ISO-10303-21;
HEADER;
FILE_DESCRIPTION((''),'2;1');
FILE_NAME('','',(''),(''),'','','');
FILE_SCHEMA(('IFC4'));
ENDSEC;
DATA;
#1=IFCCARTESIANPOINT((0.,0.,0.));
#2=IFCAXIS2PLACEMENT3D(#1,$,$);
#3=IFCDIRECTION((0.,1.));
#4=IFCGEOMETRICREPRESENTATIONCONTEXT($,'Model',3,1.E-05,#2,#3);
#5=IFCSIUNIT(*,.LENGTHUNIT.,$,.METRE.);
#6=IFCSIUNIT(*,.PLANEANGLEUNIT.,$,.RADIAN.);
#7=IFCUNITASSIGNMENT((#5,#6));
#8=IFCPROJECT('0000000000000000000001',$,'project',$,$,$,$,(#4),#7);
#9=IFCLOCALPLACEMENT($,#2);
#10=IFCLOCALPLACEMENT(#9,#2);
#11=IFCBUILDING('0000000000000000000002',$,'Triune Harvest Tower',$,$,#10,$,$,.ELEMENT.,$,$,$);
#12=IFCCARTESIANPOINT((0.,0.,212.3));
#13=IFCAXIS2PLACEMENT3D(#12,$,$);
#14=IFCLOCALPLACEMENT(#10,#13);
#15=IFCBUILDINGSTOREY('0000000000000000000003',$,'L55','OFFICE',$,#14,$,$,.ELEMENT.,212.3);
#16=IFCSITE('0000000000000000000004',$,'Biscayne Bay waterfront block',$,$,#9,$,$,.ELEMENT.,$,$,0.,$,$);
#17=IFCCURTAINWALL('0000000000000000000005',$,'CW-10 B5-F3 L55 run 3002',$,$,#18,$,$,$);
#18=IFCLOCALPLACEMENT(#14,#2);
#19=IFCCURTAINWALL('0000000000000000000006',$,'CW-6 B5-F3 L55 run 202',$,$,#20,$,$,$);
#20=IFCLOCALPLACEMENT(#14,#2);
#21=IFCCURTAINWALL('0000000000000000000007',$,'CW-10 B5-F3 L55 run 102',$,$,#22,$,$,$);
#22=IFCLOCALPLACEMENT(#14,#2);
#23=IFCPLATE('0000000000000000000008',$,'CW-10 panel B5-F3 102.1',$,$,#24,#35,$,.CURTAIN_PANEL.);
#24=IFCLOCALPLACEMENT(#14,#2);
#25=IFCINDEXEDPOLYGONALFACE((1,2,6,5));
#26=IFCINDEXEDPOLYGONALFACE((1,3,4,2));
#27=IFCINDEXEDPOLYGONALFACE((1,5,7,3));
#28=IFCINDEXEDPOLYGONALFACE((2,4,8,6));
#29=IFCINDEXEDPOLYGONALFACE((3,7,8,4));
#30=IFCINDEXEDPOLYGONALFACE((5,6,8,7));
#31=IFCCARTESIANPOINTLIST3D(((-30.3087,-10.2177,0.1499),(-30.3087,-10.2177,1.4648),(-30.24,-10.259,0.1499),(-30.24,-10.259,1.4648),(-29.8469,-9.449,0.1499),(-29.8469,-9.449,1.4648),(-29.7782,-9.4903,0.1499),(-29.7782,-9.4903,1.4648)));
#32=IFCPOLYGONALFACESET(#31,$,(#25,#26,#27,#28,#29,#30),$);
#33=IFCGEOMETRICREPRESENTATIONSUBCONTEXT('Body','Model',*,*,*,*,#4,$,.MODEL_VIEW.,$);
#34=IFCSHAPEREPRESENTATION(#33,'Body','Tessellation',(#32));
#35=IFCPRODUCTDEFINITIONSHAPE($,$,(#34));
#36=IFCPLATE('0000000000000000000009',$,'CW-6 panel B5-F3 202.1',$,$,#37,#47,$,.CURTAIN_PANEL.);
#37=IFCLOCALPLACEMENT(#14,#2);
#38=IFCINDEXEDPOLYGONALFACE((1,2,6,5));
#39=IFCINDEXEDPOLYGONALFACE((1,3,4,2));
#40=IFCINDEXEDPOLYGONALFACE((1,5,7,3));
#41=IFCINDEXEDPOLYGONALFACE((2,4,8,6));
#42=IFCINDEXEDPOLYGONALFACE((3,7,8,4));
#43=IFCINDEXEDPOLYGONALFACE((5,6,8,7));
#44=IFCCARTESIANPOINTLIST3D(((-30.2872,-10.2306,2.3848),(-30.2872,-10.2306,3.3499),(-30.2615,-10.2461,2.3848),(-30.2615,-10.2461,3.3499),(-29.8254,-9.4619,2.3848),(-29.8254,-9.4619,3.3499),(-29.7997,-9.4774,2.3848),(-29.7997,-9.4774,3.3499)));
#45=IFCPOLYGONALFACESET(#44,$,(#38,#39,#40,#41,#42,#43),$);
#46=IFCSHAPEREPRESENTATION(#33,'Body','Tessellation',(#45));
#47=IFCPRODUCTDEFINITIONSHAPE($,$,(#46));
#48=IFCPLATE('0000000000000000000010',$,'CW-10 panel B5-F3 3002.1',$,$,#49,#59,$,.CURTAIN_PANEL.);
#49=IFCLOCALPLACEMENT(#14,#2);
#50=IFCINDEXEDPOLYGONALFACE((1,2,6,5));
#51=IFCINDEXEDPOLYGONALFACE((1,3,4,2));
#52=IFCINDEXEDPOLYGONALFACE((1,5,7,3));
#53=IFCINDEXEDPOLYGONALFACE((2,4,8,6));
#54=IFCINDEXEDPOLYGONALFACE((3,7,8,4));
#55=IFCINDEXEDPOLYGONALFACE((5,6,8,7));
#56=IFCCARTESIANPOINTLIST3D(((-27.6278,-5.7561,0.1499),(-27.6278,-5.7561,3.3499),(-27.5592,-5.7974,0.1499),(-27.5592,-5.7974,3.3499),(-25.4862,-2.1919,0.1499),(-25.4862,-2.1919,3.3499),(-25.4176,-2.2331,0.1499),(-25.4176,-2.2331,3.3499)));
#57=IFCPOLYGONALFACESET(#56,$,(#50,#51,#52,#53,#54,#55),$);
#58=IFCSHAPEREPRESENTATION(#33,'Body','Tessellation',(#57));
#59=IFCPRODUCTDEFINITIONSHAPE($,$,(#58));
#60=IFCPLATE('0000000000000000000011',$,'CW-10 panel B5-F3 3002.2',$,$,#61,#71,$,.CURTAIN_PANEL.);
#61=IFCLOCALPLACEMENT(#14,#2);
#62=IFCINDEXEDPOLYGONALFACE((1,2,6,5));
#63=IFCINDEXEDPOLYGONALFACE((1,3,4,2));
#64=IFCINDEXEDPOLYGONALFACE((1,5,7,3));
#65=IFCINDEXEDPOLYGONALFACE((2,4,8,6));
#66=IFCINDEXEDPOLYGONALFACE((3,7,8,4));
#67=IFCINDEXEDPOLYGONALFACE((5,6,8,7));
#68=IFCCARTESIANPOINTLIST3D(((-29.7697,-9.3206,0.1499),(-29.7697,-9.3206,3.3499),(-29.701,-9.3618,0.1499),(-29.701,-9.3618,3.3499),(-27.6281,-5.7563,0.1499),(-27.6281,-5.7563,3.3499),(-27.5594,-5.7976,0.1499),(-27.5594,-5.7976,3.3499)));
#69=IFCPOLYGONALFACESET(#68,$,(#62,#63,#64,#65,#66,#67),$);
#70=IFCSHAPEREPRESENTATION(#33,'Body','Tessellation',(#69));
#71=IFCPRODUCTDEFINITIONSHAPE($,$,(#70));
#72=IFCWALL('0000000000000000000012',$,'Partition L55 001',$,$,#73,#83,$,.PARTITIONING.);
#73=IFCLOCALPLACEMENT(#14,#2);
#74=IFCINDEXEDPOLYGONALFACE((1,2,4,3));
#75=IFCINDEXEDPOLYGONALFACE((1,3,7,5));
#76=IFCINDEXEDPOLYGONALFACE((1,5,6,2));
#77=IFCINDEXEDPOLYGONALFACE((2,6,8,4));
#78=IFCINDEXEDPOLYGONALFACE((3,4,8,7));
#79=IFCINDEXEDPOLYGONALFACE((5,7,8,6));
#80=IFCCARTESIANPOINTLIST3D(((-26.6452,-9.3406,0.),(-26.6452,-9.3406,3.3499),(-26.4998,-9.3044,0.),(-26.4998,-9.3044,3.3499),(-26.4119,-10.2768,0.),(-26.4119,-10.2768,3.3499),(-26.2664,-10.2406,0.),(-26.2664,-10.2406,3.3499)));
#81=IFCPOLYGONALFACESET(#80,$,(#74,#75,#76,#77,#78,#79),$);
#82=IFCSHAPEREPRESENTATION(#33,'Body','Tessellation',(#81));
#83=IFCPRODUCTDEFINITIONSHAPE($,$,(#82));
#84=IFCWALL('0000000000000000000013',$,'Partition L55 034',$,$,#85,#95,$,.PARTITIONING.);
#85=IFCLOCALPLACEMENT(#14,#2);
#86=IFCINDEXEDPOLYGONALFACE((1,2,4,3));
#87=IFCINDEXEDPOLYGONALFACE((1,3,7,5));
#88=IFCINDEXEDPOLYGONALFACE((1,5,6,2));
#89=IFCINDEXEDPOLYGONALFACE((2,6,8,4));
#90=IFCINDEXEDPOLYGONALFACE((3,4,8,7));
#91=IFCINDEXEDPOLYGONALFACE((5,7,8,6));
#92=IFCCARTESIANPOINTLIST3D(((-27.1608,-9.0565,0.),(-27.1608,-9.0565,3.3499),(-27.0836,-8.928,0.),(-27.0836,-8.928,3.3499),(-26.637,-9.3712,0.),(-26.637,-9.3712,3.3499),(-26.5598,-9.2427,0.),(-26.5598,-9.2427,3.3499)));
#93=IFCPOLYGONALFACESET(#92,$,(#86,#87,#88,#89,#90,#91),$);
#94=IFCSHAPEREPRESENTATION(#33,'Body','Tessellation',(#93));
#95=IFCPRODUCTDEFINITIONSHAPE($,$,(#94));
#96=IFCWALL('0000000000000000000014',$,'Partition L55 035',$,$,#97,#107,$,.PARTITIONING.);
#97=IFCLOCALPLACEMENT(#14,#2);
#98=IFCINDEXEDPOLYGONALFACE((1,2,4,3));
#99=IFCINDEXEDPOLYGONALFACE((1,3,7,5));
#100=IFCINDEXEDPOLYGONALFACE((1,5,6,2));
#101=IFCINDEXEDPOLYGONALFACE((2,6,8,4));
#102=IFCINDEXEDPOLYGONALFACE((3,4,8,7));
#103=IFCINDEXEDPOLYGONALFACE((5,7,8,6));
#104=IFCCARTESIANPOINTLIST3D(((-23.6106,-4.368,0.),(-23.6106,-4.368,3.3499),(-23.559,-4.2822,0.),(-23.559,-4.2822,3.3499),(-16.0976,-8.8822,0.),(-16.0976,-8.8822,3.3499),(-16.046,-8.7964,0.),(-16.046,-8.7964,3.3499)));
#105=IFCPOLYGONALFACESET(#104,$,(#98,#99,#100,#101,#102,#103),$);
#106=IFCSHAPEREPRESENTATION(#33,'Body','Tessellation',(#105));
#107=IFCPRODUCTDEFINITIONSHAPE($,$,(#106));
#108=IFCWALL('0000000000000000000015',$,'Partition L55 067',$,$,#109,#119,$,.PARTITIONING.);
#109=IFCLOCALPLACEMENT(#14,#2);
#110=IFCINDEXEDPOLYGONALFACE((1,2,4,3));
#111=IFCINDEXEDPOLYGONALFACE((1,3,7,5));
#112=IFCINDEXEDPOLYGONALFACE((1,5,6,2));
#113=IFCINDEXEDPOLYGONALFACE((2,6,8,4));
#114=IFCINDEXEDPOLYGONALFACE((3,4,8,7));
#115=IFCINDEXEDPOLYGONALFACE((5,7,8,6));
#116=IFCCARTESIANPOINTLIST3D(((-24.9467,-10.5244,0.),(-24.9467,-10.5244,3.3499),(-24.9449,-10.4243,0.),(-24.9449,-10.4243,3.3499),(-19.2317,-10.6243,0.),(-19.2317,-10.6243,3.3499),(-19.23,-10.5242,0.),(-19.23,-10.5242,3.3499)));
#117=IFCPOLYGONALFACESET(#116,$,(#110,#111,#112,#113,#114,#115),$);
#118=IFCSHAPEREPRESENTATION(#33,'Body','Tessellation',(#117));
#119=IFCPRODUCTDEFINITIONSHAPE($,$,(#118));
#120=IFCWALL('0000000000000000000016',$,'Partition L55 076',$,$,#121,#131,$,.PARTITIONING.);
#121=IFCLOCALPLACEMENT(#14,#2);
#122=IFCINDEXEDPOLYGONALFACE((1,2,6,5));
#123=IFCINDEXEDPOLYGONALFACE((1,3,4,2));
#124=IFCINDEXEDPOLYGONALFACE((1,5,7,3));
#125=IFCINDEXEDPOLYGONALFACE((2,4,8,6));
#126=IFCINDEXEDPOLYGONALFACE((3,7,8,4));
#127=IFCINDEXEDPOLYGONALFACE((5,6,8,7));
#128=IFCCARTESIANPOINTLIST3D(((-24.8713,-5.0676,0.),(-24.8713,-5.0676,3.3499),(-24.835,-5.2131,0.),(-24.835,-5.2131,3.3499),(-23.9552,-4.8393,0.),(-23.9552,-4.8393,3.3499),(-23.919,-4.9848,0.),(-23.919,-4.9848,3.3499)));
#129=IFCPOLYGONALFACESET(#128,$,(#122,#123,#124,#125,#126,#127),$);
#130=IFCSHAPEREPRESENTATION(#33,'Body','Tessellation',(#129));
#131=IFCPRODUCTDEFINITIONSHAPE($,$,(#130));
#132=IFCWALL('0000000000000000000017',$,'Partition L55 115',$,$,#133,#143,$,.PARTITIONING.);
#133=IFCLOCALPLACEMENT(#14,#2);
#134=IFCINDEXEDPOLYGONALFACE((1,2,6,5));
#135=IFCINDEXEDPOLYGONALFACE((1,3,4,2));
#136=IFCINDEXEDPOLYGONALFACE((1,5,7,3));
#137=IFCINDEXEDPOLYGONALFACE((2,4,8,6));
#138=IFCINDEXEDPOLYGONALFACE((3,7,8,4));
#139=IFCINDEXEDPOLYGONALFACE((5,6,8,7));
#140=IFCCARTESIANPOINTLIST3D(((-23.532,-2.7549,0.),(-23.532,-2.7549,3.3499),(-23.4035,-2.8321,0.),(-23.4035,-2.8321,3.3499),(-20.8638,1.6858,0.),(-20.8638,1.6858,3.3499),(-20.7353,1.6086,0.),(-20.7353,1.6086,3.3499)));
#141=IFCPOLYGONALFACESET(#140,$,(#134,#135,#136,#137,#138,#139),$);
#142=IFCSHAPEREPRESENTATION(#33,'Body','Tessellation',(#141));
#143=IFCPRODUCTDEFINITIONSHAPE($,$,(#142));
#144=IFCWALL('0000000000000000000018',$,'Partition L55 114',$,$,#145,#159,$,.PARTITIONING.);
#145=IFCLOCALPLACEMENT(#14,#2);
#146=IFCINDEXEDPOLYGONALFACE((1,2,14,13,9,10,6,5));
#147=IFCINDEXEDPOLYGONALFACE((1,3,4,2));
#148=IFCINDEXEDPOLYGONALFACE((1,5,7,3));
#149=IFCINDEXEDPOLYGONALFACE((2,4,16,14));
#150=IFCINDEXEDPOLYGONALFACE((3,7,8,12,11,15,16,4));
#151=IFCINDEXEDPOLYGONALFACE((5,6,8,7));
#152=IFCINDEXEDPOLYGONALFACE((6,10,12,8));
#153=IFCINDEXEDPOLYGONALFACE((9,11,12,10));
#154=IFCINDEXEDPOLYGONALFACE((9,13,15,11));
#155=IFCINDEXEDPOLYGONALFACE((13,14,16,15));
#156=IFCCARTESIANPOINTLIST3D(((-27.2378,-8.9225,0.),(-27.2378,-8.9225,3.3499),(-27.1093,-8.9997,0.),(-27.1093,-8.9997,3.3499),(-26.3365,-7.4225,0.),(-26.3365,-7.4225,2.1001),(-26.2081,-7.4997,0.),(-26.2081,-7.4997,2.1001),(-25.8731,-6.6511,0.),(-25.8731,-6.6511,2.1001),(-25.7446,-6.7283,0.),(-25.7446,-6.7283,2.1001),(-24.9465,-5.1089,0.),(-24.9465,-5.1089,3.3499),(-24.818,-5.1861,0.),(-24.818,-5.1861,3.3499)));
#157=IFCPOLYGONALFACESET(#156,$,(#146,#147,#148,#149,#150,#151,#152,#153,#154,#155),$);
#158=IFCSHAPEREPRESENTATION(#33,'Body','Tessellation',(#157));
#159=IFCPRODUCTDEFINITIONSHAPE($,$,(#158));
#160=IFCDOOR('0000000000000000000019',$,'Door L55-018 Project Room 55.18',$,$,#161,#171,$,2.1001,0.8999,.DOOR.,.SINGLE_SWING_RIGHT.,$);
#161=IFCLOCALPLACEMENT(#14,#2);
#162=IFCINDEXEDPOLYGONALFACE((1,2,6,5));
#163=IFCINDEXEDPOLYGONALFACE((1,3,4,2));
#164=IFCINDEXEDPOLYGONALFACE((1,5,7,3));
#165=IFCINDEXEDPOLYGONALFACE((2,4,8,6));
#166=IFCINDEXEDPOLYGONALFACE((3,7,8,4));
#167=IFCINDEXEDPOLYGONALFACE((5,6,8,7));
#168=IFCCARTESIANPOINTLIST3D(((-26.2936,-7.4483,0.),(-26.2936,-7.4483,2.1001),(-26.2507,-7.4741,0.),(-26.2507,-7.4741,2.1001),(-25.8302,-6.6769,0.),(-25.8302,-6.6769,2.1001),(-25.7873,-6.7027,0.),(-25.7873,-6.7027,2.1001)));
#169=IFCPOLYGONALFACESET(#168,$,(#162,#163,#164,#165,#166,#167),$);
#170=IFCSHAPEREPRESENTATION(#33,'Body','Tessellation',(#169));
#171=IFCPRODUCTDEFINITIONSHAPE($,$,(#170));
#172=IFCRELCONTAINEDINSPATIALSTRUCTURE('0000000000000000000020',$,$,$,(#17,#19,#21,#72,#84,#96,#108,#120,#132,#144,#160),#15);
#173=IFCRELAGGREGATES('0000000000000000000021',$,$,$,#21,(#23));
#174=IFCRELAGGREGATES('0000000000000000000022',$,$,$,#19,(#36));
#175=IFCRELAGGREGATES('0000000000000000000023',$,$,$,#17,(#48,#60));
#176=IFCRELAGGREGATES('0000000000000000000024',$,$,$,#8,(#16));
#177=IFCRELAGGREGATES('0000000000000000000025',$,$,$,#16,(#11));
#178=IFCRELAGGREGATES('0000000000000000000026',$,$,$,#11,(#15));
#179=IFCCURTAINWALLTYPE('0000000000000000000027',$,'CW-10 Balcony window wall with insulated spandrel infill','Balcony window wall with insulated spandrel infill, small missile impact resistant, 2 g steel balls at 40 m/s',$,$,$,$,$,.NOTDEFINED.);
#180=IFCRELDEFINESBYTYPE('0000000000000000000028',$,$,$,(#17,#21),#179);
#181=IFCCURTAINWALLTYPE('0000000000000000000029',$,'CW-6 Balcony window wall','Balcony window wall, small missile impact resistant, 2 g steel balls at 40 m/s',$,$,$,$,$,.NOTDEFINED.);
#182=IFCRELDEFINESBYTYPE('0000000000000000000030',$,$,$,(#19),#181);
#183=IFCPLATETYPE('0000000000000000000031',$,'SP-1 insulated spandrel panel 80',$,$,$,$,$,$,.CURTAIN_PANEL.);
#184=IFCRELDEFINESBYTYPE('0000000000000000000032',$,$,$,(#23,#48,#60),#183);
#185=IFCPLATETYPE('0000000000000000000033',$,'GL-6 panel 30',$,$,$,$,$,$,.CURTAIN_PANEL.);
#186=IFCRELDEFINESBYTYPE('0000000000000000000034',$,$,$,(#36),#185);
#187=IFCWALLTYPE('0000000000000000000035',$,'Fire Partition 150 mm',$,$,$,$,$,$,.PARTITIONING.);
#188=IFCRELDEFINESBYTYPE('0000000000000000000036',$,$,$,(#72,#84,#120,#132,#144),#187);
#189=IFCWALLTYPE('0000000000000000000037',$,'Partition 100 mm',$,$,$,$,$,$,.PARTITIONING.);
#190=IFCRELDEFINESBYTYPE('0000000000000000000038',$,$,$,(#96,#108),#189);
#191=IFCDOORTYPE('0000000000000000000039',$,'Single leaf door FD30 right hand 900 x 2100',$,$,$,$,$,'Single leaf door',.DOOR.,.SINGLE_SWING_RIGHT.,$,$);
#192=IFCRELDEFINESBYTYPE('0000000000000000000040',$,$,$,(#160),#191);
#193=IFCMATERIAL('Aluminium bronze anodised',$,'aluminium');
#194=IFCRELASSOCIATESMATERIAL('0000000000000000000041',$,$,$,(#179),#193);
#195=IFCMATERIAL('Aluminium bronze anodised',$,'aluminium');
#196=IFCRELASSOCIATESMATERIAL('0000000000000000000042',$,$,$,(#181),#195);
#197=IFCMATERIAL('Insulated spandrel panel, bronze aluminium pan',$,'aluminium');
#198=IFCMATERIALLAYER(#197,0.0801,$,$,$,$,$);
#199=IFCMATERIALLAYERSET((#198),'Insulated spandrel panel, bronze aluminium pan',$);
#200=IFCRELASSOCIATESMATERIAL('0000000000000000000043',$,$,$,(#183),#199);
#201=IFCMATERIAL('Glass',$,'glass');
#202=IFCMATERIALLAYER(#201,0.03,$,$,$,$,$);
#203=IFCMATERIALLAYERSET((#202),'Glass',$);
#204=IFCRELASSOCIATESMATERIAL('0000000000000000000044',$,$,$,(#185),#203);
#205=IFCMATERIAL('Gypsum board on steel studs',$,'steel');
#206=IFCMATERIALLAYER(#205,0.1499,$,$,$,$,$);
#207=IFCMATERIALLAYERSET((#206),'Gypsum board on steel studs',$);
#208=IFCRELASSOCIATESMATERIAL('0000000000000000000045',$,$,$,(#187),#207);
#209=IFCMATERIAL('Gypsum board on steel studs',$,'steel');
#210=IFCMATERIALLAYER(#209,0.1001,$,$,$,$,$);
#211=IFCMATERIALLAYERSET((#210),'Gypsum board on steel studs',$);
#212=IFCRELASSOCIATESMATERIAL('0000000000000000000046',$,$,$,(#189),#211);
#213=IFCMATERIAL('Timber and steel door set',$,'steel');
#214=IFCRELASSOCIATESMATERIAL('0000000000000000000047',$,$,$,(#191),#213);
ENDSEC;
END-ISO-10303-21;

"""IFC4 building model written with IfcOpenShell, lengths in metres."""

from ifc_helpers import new_model, si_unit, direction, frame, frame_2d, origin, origin_2d, place, context, subcontext, project, spatial, rectangle, extrude, source, transform, mapped, material, layer, layer_set, type_object, element, fill, aggregate, save


model = new_model("IFC4")

# Units and contexts
model_context = context("Model", 3, precision=1e-05, world=origin(), true_north=direction((0.0, 1.0)))
body_context = subcontext(model_context, "Body", "Model", "MODEL_VIEW")
ifc_project = project(units=[si_unit("LENGTHUNIT", "METRE"), si_unit("PLANEANGLEUNIT", "RADIAN")], contexts=[model_context])

# Site, building, storey
site_placement = place(None, origin())
site = spatial("IfcSite", under=ifc_project, at=site_placement, Name="Biscayne Bay waterfront block", CompositionType="ELEMENT", RefElevation=0.0)
building_placement = place(site_placement, origin())
building = spatial("IfcBuilding", under=site, at=building_placement, Name="Triune Harvest Tower", CompositionType="ELEMENT")
storey_placement = place(building_placement, frame((0.0, 0.0, 212.3)))
storey = spatial("IfcBuildingStorey", under=building, at=storey_placement, Name="L55", Description="OFFICE", CompositionType="ELEMENT", Elevation=212.3)

# Curtain wall
ifc_material_1 = material(Name="Aluminium bronze anodised", Category="aluminium")
curtain_wall_type_1 = type_object("IfcCurtainWallType", Name="CW-10 Balcony window wall with insulated spandrel infill", Description="Balcony window wall with insulated spandrel infill, small missile impact resistant, 2 g steel balls at 40 m/s", PredefinedType="NOTDEFINED", material=ifc_material_1)
curtain_wall_1_placement = place(storey_placement, origin())
curtain_wall_1 = element("IfcCurtainWall", 1, at=curtain_wall_1_placement, inside=storey, type_object=curtain_wall_type_1, Name="CW-10 B5-F3 L55 run 3002")

# Curtain walls
ifc_material_2 = material(Name="Aluminium bronze anodised", Category="aluminium")
curtain_wall_type_2 = type_object("IfcCurtainWallType", Name="CW-6 Balcony window wall", Description="Balcony window wall, small missile impact resistant, 2 g steel balls at 40 m/s", PredefinedType="NOTDEFINED", material=ifc_material_2)
curtain_wall_2_placement = place(storey_placement, origin())
curtain_wall_2 = element("IfcCurtainWall", 2, at=curtain_wall_2_placement, inside=storey, type_object=curtain_wall_type_2, Name="CW-6 B5-F3 L55 run 202")
curtain_wall_3_placement = place(storey_placement, origin())
curtain_wall_3 = element("IfcCurtainWall", 3, at=curtain_wall_3_placement, inside=storey, type_object=curtain_wall_type_1, Name="CW-10 B5-F3 L55 run 102")

# Plates
ifc_material_3 = material(Name="Insulated spandrel panel, bronze aluminium pan", Category="aluminium")
ifc_layer_1 = layer(ifc_material_3, 0.0801)
ifc_layer_set_1 = layer_set([ifc_layer_1], Name="Insulated spandrel panel, bronze aluminium pan")
plate_type_1 = type_object("IfcPlateType", Name="SP-1 insulated spandrel panel 80", PredefinedType="CURTAIN_PANEL", material=ifc_layer_set_1)
shared_shape_1 = source(origin(), body_context, "Body", "SweptSolid", [
    extrude(rectangle(XDim=0.8967, YDim=0.0801, at=origin_2d()), origin(), (0.0, 0.0, 1.0), 1.3149),
])
plate_1_placement = place(storey_placement, frame((-30.0435, -9.854, 0.1499), z_axis=(0.0, 0.0, 1.0), x_axis=(-0.514973, -0.857206, 0.0)))
plate_1 = element("IfcPlate", 4, at=plate_1_placement, type_object=plate_type_1, Name="CW-10 panel B5-F3 102.1", PredefinedType="CURTAIN_PANEL", context=body_context, shape_type="MappedRepresentation", body=[
    mapped(shared_shape_1, transform((0.0, 0.0, 0.0), scale=1.0)),
])
aggregate(curtain_wall_3, [plate_1])
ifc_material_4 = material(Name="Glass", Category="glass")
ifc_layer_2 = layer(ifc_material_4, 0.03)
ifc_layer_set_2 = layer_set([ifc_layer_2], Name="Glass")
plate_type_2 = type_object("IfcPlateType", Name="GL-6 panel 30", PredefinedType="CURTAIN_PANEL", material=ifc_layer_set_2)
shared_shape_2 = source(origin(), body_context, "Body", "SweptSolid", [
    extrude(rectangle(XDim=0.8967, YDim=0.03, at=origin_2d()), origin(), (0.0, 0.0, 1.0), 0.9651),
])
plate_2_placement = place(storey_placement, frame((-30.0435, -9.854, 2.3848), z_axis=(0.0, 0.0, 1.0), x_axis=(-0.514973, -0.857206, 0.0)))
plate_2 = element("IfcPlate", 5, at=plate_2_placement, type_object=plate_type_2, Name="CW-6 panel B5-F3 202.1", PredefinedType="CURTAIN_PANEL", context=body_context, shape_type="MappedRepresentation", body=[
    mapped(shared_shape_2, transform((0.0, 0.0, 0.0), scale=1.0)),
])
aggregate(curtain_wall_2, [plate_2])
shared_shape_3 = source(origin(), body_context, "Body", "SweptSolid", [
    extrude(rectangle(XDim=4.1582, YDim=0.0801, at=origin_2d()), origin(), (0.0, 0.0, 1.0), 3.2),
])
plate_3_placement = place(storey_placement, frame((-26.5227, -3.9946, 0.1499), z_axis=(0.0, 0.0, 1.0), x_axis=(-0.515036, -0.857169, 0.0)))
plate_3 = element("IfcPlate", 6, at=plate_3_placement, type_object=plate_type_1, Name="CW-10 panel B5-F3 3002.1", PredefinedType="CURTAIN_PANEL", context=body_context, shape_type="MappedRepresentation", body=[
    mapped(shared_shape_3, transform((0.0, 0.0, 0.0), scale=1.0)),
])
plate_4_placement = place(storey_placement, frame((-28.6646, -7.5591, 0.1499), z_axis=(0.0, 0.0, 1.0), x_axis=(-0.515036, -0.857169, 0.0)))
plate_4 = element("IfcPlate", 7, at=plate_4_placement, type_object=plate_type_1, Name="CW-10 panel B5-F3 3002.2", PredefinedType="CURTAIN_PANEL", context=body_context, shape_type="MappedRepresentation", body=[
    mapped(shared_shape_3, transform((0.0, 0.0, 0.0), scale=1.0)),
])
aggregate(curtain_wall_1, [plate_3, plate_4])

# Walls
ifc_material_5 = material(Name="Gypsum board on steel studs", Category="steel")
ifc_layer_3 = layer(ifc_material_5, 0.1499)
ifc_layer_set_3 = layer_set([ifc_layer_3], Name="Gypsum board on steel studs")
wall_type_1 = type_object("IfcWallType", Name="Fire Partition 150 mm", PredefinedType="PARTITIONING", material=ifc_layer_set_3)
wall_1_placement = place(storey_placement, frame((-26.5725, -9.3225, 0.0), z_axis=(0.0, 0.0, 1.0), x_axis=(0.241881, -0.970306, 0.0)))
element("IfcWall", 8, at=wall_1_placement, inside=storey, type_object=wall_type_1, Name="Partition L55 001", PredefinedType="PARTITIONING", context=body_context, shape_type="SweptSolid", body=[
    extrude(rectangle(XDim=0.9648, YDim=0.1499, at=frame_2d((0.4824, 0.0))), origin(), (0.0, 0.0, 1.0), 3.3499),
])
wall_2_placement = place(storey_placement, frame((-27.1223, -8.9922, 0.0), z_axis=(0.0, 0.0, 1.0), x_axis=(0.857246, -0.514907, 0.0)))
element("IfcWall", 9, at=wall_2_placement, inside=storey, type_object=wall_type_1, Name="Partition L55 034", PredefinedType="PARTITIONING", context=body_context, shape_type="SweptSolid", body=[
    extrude(rectangle(XDim=0.6111, YDim=0.1499, at=frame_2d((0.3057, 0.0))), origin(), (0.0, 0.0, 1.0), 3.3499),
])
ifc_material_6 = material(Name="Gypsum board on steel studs", Category="steel")
ifc_layer_4 = layer(ifc_material_6, 0.1001)
ifc_layer_set_4 = layer_set([ifc_layer_4], Name="Gypsum board on steel studs")
wall_type_2 = type_object("IfcWallType", Name="Partition 100 mm", PredefinedType="PARTITIONING", material=ifc_layer_set_4)
wall_3_placement = place(storey_placement, frame((-23.5847, -4.3252, 0.0), z_axis=(0.0, 0.0, 1.0), x_axis=(0.857171, -0.515032, 0.0)))
element("IfcWall", 10, at=wall_3_placement, inside=storey, type_object=wall_type_2, Name="Partition L55 035", PredefinedType="PARTITIONING", context=body_context, shape_type="SweptSolid", body=[
    extrude(rectangle(XDim=8.7649, YDim=0.1001, at=frame_2d((4.3823, 0.0))), origin(), (0.0, 0.0, 1.0), 3.3499),
])
wall_4_placement = place(storey_placement, frame((-24.9458, -10.4744, 0.0), z_axis=(0.0, 0.0, 1.0), x_axis=(0.999847, -0.01747, 0.0)))
element("IfcWall", 11, at=wall_4_placement, inside=storey, type_object=wall_type_2, Name="Partition L55 067", PredefinedType="PARTITIONING", context=body_context, shape_type="SweptSolid", body=[
    extrude(rectangle(XDim=5.7158, YDim=0.1001, at=frame_2d((2.8579, 0.0))), origin(), (0.0, 0.0, 1.0), 3.3499),
])
shared_shape_4 = source(origin(), body_context, "Body", "SweptSolid", [
    extrude(rectangle(XDim=0.9441, YDim=0.1499, at=frame_2d((0.4722, 0.0))), origin(), (0.0, 0.0, 1.0), 3.3499),
])
wall_5_placement = place(storey_placement, frame((-24.8533, -5.1404, 0.0), z_axis=(0.0, 0.0, 1.0), x_axis=(0.970325, 0.241805, 0.0)))
element("IfcWall", 12, at=wall_5_placement, inside=storey, type_object=wall_type_1, Name="Partition L55 076", PredefinedType="PARTITIONING", context=body_context, shape_type="MappedRepresentation", body=[
    mapped(shared_shape_4, transform((0.0, 0.0, 0.0), scale=1.0)),
])
shared_shape_5 = source(origin(), body_context, "Body", "SweptSolid", [
    extrude(rectangle(XDim=5.1807, YDim=0.1499, at=frame_2d((2.5903, 0.0))), origin(), (0.0, 0.0, 1.0), 3.3499),
])
wall_6_placement = place(storey_placement, frame((-23.4678, -2.7935, 0.0), z_axis=(0.0, 0.0, 1.0), x_axis=(0.515036, 0.857168, 0.0)))
element("IfcWall", 13, at=wall_6_placement, inside=storey, type_object=wall_type_1, Name="Partition L55 115", PredefinedType="PARTITIONING", context=body_context, shape_type="MappedRepresentation", body=[
    mapped(shared_shape_5, transform((0.0, 0.0, 0.0), scale=1.0)),
])

# Wall, opening, door
shared_shape_6 = source(origin(), body_context, "Body", "SweptSolid", [
    extrude(rectangle(XDim=4.449, YDim=0.1499, at=frame_2d((2.2246, 0.0))), origin(), (0.0, 0.0, 1.0), 3.3499),
])
wall_7_placement = place(storey_placement, frame((-27.1736, -8.9612, 0.0), z_axis=(0.0, 0.0, 1.0), x_axis=(0.51502, 0.857178, 0.0)))
wall_7 = element("IfcWall", 14, at=wall_7_placement, inside=storey, type_object=wall_type_1, Name="Partition L55 114", PredefinedType="PARTITIONING", context=body_context, shape_type="MappedRepresentation", body=[
    mapped(shared_shape_6, transform((0.0, 0.0, 0.0), scale=1.0)),
])
opening_placement = place(wall_7_placement, frame((1.75, 0.0, 0.0)))
opening = element("IfcOpeningElement", 15, at=opening_placement, cuts=wall_7, PredefinedType="OPENING", context=body_context, shape_type="SweptSolid", body=[
    extrude(rectangle(XDim=0.8999, YDim=2.1001, at=frame_2d((0.45, 1.05))), frame((0.0, 0.085, 0.0), z_axis=(0.0, -1.0, 0.0), x_axis=(1.0, 0.0, 0.0)), (0.0, 0.0, 1.0), 0.1699),
])
ifc_material_7 = material(Name="Timber and steel door set", Category="steel")
door_type = type_object("IfcDoorType", Name="Single leaf door FD30 right hand 900 x 2100", ElementType="Single leaf door", OperationType="SINGLE_SWING_RIGHT", PredefinedType="DOOR", material=ifc_material_7)
door_placement = place(opening_placement, origin())
door = element("IfcDoor", 16, at=door_placement, inside=storey, type_object=door_type, Name="Door L55-018 Project Room 55.18", OperationType="SINGLE_SWING_RIGHT", OverallHeight=2.1001, OverallWidth=0.8999, PredefinedType="DOOR", context=body_context, shape_type="SweptSolid", body=[
    extrude(rectangle(XDim=0.8999, YDim=2.1001, at=frame_2d((0.45, 1.05))), frame((0.0, 0.0249, 0.0), z_axis=(0.0, -1.0, 0.0), x_axis=(1.0, 0.0, 0.0)), (0.0, 0.0, 1.0), 0.05),
])
fill(opening, door)

save(model, "model.ifc")
